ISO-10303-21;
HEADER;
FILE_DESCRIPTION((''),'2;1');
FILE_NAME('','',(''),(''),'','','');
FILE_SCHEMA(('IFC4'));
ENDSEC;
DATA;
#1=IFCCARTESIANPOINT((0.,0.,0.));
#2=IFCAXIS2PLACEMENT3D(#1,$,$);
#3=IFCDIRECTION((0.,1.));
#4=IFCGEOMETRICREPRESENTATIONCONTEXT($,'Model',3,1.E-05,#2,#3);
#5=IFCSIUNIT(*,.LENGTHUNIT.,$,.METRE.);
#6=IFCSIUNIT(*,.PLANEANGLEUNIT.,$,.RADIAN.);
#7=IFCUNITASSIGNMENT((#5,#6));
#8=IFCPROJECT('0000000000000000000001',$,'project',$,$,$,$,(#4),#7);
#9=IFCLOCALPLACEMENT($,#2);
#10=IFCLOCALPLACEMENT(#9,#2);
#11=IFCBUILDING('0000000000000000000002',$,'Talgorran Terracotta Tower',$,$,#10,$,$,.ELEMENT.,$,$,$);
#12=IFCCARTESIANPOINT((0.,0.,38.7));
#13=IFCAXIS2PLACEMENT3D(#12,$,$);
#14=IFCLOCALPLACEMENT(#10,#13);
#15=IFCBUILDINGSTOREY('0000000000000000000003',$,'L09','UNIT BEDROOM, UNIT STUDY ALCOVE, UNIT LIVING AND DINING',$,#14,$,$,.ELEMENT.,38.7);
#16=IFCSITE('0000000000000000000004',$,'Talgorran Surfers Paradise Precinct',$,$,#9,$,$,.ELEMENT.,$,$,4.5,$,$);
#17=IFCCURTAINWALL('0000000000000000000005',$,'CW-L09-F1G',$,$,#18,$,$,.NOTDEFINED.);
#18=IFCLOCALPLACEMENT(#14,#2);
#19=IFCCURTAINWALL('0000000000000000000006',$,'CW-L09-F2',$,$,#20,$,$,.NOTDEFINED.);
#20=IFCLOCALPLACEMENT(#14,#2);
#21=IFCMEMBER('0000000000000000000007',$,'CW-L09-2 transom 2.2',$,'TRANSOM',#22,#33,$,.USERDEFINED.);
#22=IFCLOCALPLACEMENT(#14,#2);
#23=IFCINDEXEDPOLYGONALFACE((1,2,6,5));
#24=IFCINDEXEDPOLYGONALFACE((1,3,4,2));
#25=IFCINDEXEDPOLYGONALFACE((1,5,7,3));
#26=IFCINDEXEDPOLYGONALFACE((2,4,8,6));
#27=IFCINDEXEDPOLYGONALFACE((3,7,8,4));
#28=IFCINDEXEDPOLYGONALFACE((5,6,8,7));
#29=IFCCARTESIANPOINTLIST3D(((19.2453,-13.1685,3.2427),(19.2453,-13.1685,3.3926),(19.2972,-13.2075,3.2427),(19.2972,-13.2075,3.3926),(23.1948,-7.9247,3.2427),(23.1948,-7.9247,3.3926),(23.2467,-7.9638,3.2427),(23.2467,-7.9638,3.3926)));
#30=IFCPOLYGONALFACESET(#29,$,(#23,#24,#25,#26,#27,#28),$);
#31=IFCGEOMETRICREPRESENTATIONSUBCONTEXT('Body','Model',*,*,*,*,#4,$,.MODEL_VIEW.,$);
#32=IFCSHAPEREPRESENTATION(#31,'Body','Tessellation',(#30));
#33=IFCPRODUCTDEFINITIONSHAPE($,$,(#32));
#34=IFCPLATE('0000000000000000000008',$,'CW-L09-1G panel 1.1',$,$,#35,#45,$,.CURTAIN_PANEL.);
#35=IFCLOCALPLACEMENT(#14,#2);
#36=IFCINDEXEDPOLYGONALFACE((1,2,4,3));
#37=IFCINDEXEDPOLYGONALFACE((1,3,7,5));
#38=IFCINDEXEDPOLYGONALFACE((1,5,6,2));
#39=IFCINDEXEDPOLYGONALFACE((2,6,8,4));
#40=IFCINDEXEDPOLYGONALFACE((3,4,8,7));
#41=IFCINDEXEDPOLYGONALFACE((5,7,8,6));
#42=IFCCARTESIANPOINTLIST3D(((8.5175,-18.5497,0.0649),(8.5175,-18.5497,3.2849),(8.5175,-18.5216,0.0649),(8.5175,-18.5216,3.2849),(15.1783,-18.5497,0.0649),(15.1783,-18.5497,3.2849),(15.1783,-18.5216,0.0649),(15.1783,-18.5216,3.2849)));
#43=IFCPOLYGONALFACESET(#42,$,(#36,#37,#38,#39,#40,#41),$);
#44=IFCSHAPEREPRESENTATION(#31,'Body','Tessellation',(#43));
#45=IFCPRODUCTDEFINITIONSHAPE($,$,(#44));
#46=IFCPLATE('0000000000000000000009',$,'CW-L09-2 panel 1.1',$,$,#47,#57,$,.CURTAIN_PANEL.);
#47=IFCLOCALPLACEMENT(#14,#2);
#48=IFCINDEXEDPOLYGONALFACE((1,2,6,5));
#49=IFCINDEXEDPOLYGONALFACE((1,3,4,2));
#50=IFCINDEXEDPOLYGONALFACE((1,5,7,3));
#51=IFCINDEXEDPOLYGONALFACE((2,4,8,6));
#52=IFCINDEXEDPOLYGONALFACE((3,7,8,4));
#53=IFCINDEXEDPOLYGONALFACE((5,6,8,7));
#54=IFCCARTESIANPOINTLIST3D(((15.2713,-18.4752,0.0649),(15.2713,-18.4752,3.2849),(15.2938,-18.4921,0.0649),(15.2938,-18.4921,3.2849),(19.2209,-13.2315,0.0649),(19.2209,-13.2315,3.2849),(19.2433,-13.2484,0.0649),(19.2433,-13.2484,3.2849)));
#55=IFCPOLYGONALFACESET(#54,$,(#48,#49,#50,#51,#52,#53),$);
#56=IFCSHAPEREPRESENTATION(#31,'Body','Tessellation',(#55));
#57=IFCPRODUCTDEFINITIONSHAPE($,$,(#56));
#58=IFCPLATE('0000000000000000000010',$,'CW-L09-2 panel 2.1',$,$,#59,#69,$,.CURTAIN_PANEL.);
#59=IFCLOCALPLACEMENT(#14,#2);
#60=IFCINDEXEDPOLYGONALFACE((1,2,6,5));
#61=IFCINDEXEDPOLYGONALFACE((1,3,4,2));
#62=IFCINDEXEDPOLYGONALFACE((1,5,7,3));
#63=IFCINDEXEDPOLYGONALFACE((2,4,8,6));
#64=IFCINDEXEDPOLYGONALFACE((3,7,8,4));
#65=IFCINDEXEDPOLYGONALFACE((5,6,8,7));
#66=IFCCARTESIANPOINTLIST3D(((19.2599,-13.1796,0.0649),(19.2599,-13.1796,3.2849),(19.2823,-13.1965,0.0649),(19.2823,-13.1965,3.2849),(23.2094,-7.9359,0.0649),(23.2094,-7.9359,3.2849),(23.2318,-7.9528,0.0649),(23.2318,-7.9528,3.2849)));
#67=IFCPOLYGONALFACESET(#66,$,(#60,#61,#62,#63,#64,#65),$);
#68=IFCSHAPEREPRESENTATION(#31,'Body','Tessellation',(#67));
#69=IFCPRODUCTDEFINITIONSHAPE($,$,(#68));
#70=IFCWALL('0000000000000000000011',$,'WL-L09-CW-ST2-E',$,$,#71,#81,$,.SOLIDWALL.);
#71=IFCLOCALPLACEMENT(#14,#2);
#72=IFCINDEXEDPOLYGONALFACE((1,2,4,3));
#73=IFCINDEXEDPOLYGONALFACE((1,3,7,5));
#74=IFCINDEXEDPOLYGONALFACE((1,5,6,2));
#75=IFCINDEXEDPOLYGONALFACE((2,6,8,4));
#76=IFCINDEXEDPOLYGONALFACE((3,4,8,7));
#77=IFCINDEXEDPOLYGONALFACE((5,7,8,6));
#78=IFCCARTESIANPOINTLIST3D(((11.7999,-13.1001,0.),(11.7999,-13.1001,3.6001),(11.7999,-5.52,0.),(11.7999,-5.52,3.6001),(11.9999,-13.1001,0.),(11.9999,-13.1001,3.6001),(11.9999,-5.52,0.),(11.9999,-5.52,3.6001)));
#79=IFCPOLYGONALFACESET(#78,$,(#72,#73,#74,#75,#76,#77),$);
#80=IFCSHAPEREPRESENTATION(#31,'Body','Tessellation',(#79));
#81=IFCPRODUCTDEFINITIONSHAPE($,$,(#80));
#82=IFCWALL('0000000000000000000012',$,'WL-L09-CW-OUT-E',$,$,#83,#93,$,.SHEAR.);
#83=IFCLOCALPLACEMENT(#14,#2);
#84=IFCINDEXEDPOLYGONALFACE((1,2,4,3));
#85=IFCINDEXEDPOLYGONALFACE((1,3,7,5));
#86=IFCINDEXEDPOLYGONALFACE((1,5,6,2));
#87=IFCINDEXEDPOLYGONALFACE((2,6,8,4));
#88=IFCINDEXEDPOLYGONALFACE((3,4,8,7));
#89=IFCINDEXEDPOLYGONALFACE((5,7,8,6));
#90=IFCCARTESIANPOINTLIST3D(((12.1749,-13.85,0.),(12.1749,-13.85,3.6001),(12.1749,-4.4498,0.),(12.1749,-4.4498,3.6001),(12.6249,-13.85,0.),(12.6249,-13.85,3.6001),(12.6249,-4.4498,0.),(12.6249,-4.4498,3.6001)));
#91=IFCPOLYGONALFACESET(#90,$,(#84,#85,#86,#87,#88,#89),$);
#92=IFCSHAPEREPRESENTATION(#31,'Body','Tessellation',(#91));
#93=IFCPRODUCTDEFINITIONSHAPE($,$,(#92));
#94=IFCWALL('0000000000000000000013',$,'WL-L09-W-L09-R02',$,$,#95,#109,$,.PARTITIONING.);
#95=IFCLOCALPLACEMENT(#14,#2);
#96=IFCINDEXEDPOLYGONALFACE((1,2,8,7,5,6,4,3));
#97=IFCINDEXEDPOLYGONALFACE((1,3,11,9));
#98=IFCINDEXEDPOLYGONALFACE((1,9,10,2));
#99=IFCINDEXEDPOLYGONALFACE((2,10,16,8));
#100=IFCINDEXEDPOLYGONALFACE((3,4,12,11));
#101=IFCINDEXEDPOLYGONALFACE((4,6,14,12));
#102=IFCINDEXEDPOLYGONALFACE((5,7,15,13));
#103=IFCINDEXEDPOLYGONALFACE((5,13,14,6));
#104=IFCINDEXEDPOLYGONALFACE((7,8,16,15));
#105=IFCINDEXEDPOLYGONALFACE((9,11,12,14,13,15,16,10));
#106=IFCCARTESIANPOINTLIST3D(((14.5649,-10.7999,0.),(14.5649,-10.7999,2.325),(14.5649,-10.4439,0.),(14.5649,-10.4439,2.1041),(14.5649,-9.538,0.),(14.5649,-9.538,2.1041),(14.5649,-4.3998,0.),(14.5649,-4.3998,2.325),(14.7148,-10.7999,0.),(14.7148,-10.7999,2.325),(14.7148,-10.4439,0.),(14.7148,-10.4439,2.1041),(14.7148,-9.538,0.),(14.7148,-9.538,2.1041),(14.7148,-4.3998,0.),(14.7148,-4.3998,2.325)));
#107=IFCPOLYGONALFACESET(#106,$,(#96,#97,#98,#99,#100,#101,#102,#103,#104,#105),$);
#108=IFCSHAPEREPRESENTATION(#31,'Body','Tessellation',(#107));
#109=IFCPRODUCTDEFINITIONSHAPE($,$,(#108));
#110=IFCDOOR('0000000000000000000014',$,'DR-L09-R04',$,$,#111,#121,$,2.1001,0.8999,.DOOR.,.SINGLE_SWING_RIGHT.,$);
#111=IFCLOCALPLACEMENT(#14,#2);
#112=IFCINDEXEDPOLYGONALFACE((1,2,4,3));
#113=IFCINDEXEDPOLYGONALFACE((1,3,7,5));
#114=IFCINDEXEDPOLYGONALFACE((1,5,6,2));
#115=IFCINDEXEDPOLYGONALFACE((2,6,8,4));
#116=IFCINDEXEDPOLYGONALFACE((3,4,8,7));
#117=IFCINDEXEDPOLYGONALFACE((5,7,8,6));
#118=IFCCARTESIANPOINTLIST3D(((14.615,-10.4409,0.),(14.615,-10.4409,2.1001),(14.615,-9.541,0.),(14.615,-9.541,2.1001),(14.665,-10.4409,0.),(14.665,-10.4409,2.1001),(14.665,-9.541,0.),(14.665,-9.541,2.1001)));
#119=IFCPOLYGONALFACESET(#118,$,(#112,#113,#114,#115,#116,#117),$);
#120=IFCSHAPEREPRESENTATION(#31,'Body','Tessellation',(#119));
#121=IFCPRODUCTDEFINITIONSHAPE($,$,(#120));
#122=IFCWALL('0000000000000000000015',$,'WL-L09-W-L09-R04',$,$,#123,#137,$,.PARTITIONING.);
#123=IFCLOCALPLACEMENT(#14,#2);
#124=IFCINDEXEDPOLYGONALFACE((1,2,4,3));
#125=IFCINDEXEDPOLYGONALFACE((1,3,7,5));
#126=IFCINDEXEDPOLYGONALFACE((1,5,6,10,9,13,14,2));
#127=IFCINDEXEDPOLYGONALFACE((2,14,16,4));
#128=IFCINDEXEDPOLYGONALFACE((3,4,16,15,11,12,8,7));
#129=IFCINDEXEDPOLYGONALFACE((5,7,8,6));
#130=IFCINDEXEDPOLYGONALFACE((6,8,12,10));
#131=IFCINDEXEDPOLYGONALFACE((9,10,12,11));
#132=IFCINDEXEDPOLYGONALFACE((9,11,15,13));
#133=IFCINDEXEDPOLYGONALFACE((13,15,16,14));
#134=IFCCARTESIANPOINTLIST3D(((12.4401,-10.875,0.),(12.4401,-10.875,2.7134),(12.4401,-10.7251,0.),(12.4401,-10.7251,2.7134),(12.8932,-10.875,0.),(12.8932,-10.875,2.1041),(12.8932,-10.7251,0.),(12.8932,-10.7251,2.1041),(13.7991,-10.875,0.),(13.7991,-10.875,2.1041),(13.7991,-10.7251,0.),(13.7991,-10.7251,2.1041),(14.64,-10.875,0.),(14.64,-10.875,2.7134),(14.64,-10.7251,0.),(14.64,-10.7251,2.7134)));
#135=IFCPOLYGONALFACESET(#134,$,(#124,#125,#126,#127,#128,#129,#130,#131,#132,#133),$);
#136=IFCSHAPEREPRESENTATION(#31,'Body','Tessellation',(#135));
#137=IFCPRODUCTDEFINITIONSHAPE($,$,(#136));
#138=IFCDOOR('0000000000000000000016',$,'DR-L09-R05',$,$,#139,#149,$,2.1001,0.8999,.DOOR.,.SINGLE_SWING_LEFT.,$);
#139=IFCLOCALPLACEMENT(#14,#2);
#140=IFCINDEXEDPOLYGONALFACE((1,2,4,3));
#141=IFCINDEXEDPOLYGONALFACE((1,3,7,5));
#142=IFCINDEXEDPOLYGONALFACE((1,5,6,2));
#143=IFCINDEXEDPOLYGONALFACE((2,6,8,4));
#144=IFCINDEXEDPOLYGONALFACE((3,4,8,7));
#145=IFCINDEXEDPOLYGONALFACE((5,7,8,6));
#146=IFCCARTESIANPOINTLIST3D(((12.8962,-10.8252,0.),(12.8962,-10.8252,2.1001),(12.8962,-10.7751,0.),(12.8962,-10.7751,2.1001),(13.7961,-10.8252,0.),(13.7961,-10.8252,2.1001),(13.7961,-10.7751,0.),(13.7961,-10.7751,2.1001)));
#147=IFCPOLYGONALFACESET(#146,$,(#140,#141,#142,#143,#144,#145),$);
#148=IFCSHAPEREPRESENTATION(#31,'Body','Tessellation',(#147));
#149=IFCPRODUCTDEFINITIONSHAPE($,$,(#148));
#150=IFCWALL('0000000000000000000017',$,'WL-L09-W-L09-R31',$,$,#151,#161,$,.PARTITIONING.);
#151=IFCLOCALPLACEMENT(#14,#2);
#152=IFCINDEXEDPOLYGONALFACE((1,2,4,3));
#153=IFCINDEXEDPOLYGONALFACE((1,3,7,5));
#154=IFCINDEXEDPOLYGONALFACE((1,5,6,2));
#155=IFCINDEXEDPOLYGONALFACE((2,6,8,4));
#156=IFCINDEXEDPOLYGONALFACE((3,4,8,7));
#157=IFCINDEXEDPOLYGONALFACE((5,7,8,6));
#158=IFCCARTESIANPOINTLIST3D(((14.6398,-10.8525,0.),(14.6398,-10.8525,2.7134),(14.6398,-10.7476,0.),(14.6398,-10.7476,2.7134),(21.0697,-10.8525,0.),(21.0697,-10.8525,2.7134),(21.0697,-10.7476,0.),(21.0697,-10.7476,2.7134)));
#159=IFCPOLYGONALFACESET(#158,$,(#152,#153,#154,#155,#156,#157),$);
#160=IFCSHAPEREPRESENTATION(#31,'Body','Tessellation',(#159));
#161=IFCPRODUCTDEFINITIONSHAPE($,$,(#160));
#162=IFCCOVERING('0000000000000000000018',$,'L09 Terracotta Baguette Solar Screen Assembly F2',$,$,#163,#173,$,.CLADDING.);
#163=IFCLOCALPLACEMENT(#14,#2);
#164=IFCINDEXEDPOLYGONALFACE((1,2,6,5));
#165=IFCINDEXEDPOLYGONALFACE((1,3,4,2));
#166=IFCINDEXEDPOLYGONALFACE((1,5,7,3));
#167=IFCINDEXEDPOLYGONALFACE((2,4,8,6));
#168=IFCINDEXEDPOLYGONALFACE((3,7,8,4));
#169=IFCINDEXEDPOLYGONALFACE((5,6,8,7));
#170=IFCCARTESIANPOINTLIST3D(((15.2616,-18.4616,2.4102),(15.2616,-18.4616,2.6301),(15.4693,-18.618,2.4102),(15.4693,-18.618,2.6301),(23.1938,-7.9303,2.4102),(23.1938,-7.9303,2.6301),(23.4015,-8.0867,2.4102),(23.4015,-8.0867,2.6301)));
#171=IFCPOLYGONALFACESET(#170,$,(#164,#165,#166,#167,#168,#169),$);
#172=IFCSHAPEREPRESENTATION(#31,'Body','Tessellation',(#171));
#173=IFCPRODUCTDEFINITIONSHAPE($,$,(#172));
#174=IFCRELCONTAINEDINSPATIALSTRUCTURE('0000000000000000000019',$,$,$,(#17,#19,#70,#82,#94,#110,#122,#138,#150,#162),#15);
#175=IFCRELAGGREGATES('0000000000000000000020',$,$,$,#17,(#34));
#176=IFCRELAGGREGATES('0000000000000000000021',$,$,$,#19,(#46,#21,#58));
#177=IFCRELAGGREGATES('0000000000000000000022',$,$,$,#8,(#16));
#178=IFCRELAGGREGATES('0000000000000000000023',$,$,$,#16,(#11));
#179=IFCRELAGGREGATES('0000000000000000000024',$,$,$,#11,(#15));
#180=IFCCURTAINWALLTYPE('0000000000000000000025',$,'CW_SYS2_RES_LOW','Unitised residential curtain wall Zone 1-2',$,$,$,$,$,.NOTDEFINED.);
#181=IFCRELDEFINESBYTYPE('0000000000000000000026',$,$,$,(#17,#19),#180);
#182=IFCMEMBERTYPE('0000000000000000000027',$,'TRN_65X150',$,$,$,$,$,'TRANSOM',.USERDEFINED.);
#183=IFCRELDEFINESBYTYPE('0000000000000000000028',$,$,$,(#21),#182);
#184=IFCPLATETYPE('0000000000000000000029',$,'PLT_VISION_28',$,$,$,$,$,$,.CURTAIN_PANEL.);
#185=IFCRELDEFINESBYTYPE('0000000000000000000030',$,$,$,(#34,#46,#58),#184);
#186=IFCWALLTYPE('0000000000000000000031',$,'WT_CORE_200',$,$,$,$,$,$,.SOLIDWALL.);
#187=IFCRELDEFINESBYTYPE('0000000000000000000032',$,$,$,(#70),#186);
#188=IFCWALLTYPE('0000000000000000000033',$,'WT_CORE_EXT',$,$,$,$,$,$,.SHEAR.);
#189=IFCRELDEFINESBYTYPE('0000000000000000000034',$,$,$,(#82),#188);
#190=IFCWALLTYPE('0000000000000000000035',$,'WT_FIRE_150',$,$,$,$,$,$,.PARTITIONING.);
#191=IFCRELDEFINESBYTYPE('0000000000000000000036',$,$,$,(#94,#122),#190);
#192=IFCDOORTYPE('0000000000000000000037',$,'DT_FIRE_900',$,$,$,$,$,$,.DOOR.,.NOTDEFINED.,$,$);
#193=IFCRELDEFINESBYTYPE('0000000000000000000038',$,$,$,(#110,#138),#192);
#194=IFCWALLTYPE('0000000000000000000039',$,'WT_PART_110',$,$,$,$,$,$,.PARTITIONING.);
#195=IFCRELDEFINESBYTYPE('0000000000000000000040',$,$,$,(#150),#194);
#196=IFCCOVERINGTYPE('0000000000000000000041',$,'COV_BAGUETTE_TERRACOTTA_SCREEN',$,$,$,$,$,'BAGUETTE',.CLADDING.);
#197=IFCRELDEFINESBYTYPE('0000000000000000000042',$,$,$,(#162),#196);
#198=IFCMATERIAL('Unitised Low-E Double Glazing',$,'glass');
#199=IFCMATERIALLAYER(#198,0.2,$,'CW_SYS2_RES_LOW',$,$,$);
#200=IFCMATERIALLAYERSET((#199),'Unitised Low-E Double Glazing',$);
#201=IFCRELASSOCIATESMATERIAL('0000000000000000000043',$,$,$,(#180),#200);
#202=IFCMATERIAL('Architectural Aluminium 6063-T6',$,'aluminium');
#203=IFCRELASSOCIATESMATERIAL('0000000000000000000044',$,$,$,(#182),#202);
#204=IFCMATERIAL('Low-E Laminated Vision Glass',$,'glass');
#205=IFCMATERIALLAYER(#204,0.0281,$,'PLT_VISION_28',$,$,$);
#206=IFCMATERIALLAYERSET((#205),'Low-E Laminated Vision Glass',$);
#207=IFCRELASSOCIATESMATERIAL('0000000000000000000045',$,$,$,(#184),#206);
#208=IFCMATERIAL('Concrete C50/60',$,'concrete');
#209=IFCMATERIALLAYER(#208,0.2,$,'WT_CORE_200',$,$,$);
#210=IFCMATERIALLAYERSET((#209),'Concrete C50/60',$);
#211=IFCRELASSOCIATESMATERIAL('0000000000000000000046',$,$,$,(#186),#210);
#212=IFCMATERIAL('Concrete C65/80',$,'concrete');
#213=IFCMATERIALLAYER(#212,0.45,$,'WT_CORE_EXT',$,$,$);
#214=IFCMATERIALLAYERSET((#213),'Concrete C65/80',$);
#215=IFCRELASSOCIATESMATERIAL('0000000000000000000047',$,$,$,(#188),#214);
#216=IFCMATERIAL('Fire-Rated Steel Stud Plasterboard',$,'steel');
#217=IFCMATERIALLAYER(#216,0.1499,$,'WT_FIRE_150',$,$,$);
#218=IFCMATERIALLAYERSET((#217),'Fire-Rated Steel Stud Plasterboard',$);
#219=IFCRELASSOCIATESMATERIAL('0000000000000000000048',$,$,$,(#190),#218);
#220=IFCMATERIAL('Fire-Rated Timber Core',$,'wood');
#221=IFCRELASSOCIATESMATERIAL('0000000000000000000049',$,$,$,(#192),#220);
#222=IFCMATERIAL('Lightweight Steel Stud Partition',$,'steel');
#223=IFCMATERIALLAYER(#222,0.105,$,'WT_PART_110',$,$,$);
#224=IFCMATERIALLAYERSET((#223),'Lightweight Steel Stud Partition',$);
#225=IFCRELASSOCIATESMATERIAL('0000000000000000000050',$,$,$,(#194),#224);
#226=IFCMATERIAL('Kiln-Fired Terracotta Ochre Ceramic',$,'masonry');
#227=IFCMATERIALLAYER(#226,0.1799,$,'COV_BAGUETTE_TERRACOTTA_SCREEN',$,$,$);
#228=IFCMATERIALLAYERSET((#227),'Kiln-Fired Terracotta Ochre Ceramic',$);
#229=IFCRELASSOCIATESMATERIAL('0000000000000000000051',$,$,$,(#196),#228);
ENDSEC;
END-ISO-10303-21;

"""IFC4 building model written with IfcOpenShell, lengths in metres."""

from ifc_helpers import new_model, si_unit, direction, frame, frame_2d, origin, origin_2d, place, context, subcontext, project, spatial, rectangle, extrude, source, transform, mapped, material, layer, layer_set, material_profile, profile_set, type_object, type_shapes, element, fill, aggregate, save


model = new_model("IFC4")

# Units and contexts
model_context = context("Model", 3, precision=1e-05, world=origin(), true_north=direction((0.0, 1.0)))
body_context = subcontext(model_context, "Body", "Model", "MODEL_VIEW")
ifc_project = project(units=[si_unit("LENGTHUNIT", "METRE"), si_unit("PLANEANGLEUNIT", "RADIAN")], contexts=[model_context])

# Site, building, storey
site_placement = place(None, origin())
site = spatial("IfcSite", under=ifc_project, at=site_placement, Name="Talgorran Surfers Paradise Precinct", CompositionType="ELEMENT", RefElevation=4.5)
building_placement = place(site_placement, origin())
building = spatial("IfcBuilding", under=site, at=building_placement, Name="Talgorran Terracotta Tower", CompositionType="ELEMENT")
storey_placement = place(building_placement, frame((0.0, 0.0, 38.7)))
storey = spatial("IfcBuildingStorey", under=building, at=storey_placement, Name="L09", Description="UNIT BEDROOM, UNIT STUDY ALCOVE, UNIT LIVING AND DINING", CompositionType="ELEMENT", Elevation=38.7)

# Curtain wall
ifc_material_1 = material(Name="Unitised Low-E Double Glazing", Category="glass")
ifc_layer_1 = layer(ifc_material_1, 0.2, Name="CW_SYS2_RES_LOW")
ifc_layer_set_1 = layer_set([ifc_layer_1], Name="Unitised Low-E Double Glazing")
curtain_wall_type = type_object("IfcCurtainWallType", Name="CW_SYS2_RES_LOW", Description="Unitised residential curtain wall Zone 1-2", PredefinedType="NOTDEFINED", material=ifc_layer_set_1)
curtain_wall_1_placement = place(storey_placement, origin())
curtain_wall_1 = element("IfcCurtainWall", 1, at=curtain_wall_1_placement, inside=storey, type_object=curtain_wall_type, Name="CW-L09-F1G", PredefinedType="NOTDEFINED")
ifc_material_2 = material(Name="Architectural Aluminium 6063-T6", Category="aluminium")

# Curtain wall, member
curtain_wall_2_placement = place(storey_placement, origin())
curtain_wall_2 = element("IfcCurtainWall", 2, at=curtain_wall_2_placement, inside=storey, type_object=curtain_wall_type, Name="CW-L09-F2", PredefinedType="NOTDEFINED")
ifc_material_profile_1 = material_profile(ifc_material_2, rectangle(XDim=0.0649, YDim=0.1499, at=origin_2d()), Name="CWT65X150")
ifc_profile_set_1 = profile_set([ifc_material_profile_1], Name="Architectural Aluminium 6063-T6")
member_type_1 = type_object("IfcMemberType", Name="TRN_65X150", ElementType="TRANSOM", PredefinedType="USERDEFINED", material=ifc_profile_set_1)
member_1_placement = place(storey_placement, frame((19.2712, -13.188, 3.3176), z_axis=(0.601629, 0.798776, 0.0), x_axis=(-0.798776, 0.601629, 0.0)))
member_1 = element("IfcMember", 3, at=member_1_placement, type_object=member_type_1, Name="CW-L09-2 transom 2.2", ObjectType="TRANSOM", PredefinedType="USERDEFINED", context=body_context, shape_type="SweptSolid", body=[
    extrude(rectangle(XDim=0.0649, YDim=0.1499, at=origin_2d()), origin(), (0.0, 0.0, 1.0), 6.5647),
])

# Plates
ifc_material_3 = material(Name="Low-E Laminated Vision Glass", Category="glass")
ifc_layer_2 = layer(ifc_material_3, 0.0281, Name="PLT_VISION_28")
ifc_layer_set_2 = layer_set([ifc_layer_2], Name="Low-E Laminated Vision Glass")
plate_type = type_object("IfcPlateType", Name="PLT_VISION_28", PredefinedType="CURTAIN_PANEL", material=ifc_layer_set_2)
shared_shape_1 = source(origin(), body_context, "Body", "SweptSolid", [
    extrude(rectangle(XDim=6.6609, YDim=0.0281, at=origin_2d()), origin(), (0.0, 0.0, 1.0), 3.22),
])
plate_1_placement = place(storey_placement, frame((11.8479, -18.5356, 0.0649), z_axis=(0.0, 0.0, 1.0), x_axis=(1.0, 0.0, 0.0)))
plate_1 = element("IfcPlate", 4, at=plate_1_placement, type_object=plate_type, Name="CW-L09-1G panel 1.1", PredefinedType="CURTAIN_PANEL", context=body_context, shape_type="MappedRepresentation", body=[
    mapped(shared_shape_1, transform((0.0, 0.0, 0.0), scale=1.0)),
])
aggregate(curtain_wall_1, [plate_1])
shared_shape_2 = source(origin(), body_context, "Body", "SweptSolid", [
    extrude(rectangle(XDim=6.5647, YDim=0.0281, at=origin_2d()), origin(), (0.0, 0.0, 1.0), 3.22),
])
type_shapes(plate_type, [shared_shape_1, shared_shape_2])
plate_2_placement = place(storey_placement, frame((17.2573, -15.8618, 0.0649), z_axis=(0.0, 0.0, 1.0), x_axis=(0.601632, 0.798774, 0.0)))
plate_2 = element("IfcPlate", 5, at=plate_2_placement, type_object=plate_type, Name="CW-L09-2 panel 1.1", PredefinedType="CURTAIN_PANEL", context=body_context, shape_type="MappedRepresentation", body=[
    mapped(shared_shape_2, transform((0.0, 0.0, 0.0), scale=1.0)),
])
plate_3_placement = place(storey_placement, frame((21.2458, -10.5662, 0.0649), z_axis=(0.0, 0.0, 1.0), x_axis=(0.601632, 0.798774, 0.0)))
plate_3 = element("IfcPlate", 6, at=plate_3_placement, type_object=plate_type, Name="CW-L09-2 panel 2.1", PredefinedType="CURTAIN_PANEL", context=body_context, shape_type="MappedRepresentation", body=[
    mapped(shared_shape_2, transform((0.0, 0.0, 0.0), scale=1.0)),
])
aggregate(curtain_wall_2, [plate_2, member_1, plate_3])

# Walls
ifc_material_4 = material(Name="Concrete C50/60", Category="concrete")
ifc_layer_3 = layer(ifc_material_4, 0.2, Name="WT_CORE_200")
ifc_layer_set_3 = layer_set([ifc_layer_3], Name="Concrete C50/60")
wall_type_1 = type_object("IfcWallType", Name="WT_CORE_200", PredefinedType="SOLIDWALL", material=ifc_layer_set_3)
wall_1_placement = place(storey_placement, frame((11.8999, -13.1001, 0.0), z_axis=(0.0, 0.0, 1.0), x_axis=(0.0, 1.0, 0.0)))
element("IfcWall", 7, at=wall_1_placement, inside=storey, type_object=wall_type_1, Name="WL-L09-CW-ST2-E", PredefinedType="SOLIDWALL", context=body_context, shape_type="SweptSolid", body=[
    extrude(rectangle(XDim=7.5801, YDim=0.2, at=frame_2d((3.79, 0.0))), origin(), (0.0, 0.0, 1.0), 3.6001),
])
ifc_material_5 = material(Name="Concrete C65/80", Category="concrete")
ifc_layer_4 = layer(ifc_material_5, 0.45, Name="WT_CORE_EXT")
ifc_layer_set_4 = layer_set([ifc_layer_4], Name="Concrete C65/80")
wall_type_2 = type_object("IfcWallType", Name="WT_CORE_EXT", PredefinedType="SHEAR", material=ifc_layer_set_4)
wall_2_placement = place(storey_placement, frame((12.3999, -13.8501, 0.0), z_axis=(0.0, 0.0, 1.0), x_axis=(0.0, 1.0, 0.0)))
element("IfcWall", 8, at=wall_2_placement, inside=storey, type_object=wall_type_2, Name="WL-L09-CW-OUT-E", PredefinedType="SHEAR", context=body_context, shape_type="SweptSolid", body=[
    extrude(rectangle(XDim=9.4001, YDim=0.45, at=frame_2d((4.7002, 0.0))), origin(), (0.0, 0.0, 1.0), 3.6001),
])

# Walls, openings, doors
ifc_material_6 = material(Name="Fire-Rated Steel Stud Plasterboard", Category="steel")
ifc_layer_5 = layer(ifc_material_6, 0.1499, Name="WT_FIRE_150")
ifc_layer_set_5 = layer_set([ifc_layer_5], Name="Fire-Rated Steel Stud Plasterboard")
wall_type_3 = type_object("IfcWallType", Name="WT_FIRE_150", PredefinedType="PARTITIONING", material=ifc_layer_set_5)
wall_3_placement = place(storey_placement, frame((14.6399, -10.8, 0.0), z_axis=(0.0, 0.0, 1.0), x_axis=(0.0, 1.0, 0.0)))
wall_3 = element("IfcWall", 9, at=wall_3_placement, inside=storey, type_object=wall_type_3, Name="WL-L09-W-L09-R02", PredefinedType="PARTITIONING", context=body_context, shape_type="SweptSolid", body=[
    extrude(rectangle(XDim=6.4001, YDim=0.1499, at=frame_2d((3.2002, 0.0))), origin(), (0.0, 0.0, 1.0), 2.325),
])
opening_1_placement = place(wall_3_placement, frame((0.3591, 0.0, 0.0)))
opening_1 = element("IfcOpeningElement", 10, at=opening_1_placement, cuts=wall_3, PredefinedType="OPENING", context=body_context, shape_type="SweptSolid", body=[
    extrude(rectangle(XDim=0.9059, YDim=2.1041, at=frame_2d((0.45, 1.052))), frame((0.0, 0.085, 0.0), z_axis=(0.0, -1.0, 0.0), x_axis=(1.0, 0.0, 0.0)), (0.0, 0.0, 1.0), 0.1699),
])
ifc_material_7 = material(Name="Fire-Rated Timber Core", Category="wood")
door_type = type_object("IfcDoorType", Name="DT_FIRE_900", OperationType="NOTDEFINED", PredefinedType="DOOR", material=ifc_material_7)
door_1_placement = place(opening_1_placement, origin())
door_1 = element("IfcDoor", 11, at=door_1_placement, inside=storey, type_object=door_type, Name="DR-L09-R04", OperationType="SINGLE_SWING_RIGHT", OverallHeight=2.1001, OverallWidth=0.8999, PredefinedType="DOOR", context=body_context, shape_type="SweptSolid", body=[
    extrude(rectangle(XDim=0.8999, YDim=2.1001, at=frame_2d((0.45, 1.05))), frame((0.0, 0.0249, 0.0), z_axis=(0.0, -1.0, 0.0), x_axis=(1.0, 0.0, 0.0)), (0.0, 0.0, 1.0), 0.05),
])
fill(opening_1, door_1)
wall_4_placement = place(storey_placement, frame((12.4399, -10.8, 0.0), z_axis=(0.0, 0.0, 1.0), x_axis=(1.0, 0.0, 0.0)))
wall_4 = element("IfcWall", 12, at=wall_4_placement, inside=storey, type_object=wall_type_3, Name="WL-L09-W-L09-R04", PredefinedType="PARTITIONING", context=body_context, shape_type="SweptSolid", body=[
    extrude(rectangle(XDim=2.2, YDim=0.1499, at=frame_2d((1.1001, 0.0))), origin(), (0.0, 0.0, 1.0), 2.7134),
])
opening_2_placement = place(wall_4_placement, frame((0.4563, 0.0, 0.0)))
opening_2 = element("IfcOpeningElement", 13, at=opening_2_placement, cuts=wall_4, PredefinedType="OPENING", context=body_context, shape_type="SweptSolid", body=[
    extrude(rectangle(XDim=0.9059, YDim=2.1041, at=frame_2d((0.45, 1.052))), frame((0.0, 0.085, 0.0), z_axis=(0.0, -1.0, 0.0), x_axis=(1.0, 0.0, 0.0)), (0.0, 0.0, 1.0), 0.1699),
])
door_2_placement = place(opening_2_placement, origin())
door_2 = element("IfcDoor", 14, at=door_2_placement, inside=storey, type_object=door_type, Name="DR-L09-R05", OperationType="SINGLE_SWING_LEFT", OverallHeight=2.1001, OverallWidth=0.8999, PredefinedType="DOOR", context=body_context, shape_type="SweptSolid", body=[
    extrude(rectangle(XDim=0.8999, YDim=2.1001, at=frame_2d((0.45, 1.05))), frame((0.0, 0.0249, 0.0), z_axis=(0.0, -1.0, 0.0), x_axis=(1.0, 0.0, 0.0)), (0.0, 0.0, 1.0), 0.05),
])
fill(opening_2, door_2)

# Wall
ifc_material_8 = material(Name="Lightweight Steel Stud Partition", Category="steel")
ifc_layer_6 = layer(ifc_material_8, 0.105, Name="WT_PART_110")
ifc_layer_set_6 = layer_set([ifc_layer_6], Name="Lightweight Steel Stud Partition")
wall_type_4 = type_object("IfcWallType", Name="WT_PART_110", PredefinedType="PARTITIONING", material=ifc_layer_set_6)
wall_5_placement = place(storey_placement, frame((14.6399, -10.8, 0.0), z_axis=(0.0, 0.0, 1.0), x_axis=(1.0, 0.0, 0.0)))
element("IfcWall", 15, at=wall_5_placement, inside=storey, type_object=wall_type_4, Name="WL-L09-W-L09-R31", PredefinedType="PARTITIONING", context=body_context, shape_type="SweptSolid", body=[
    extrude(rectangle(XDim=6.4299, YDim=0.105, at=frame_2d((3.2148, 0.0))), origin(), (0.0, 0.0, 1.0), 2.7134),
])

# Covering
ifc_material_9 = material(Name="Kiln-Fired Terracotta Ochre Ceramic", Category="masonry")
ifc_layer_7 = layer(ifc_material_9, 0.1799, Name="COV_BAGUETTE_TERRACOTTA_SCREEN")
ifc_layer_set_7 = layer_set([ifc_layer_7], Name="Kiln-Fired Terracotta Ochre Ceramic")
covering_type_1 = type_object("IfcCoveringType", Name="COV_BAGUETTE_TERRACOTTA_SCREEN", ElementType="BAGUETTE", PredefinedType="CLADDING", material=ifc_layer_set_7)
covering_1_placement = place(storey_placement, frame((19.3315, -13.2742, 2.4102), z_axis=(0.0, 0.0, 1.0), x_axis=(0.601634, 0.798772, 0.0)))
element("IfcCovering", 16, at=covering_1_placement, inside=storey, type_object=covering_type_1, Name="L09 Terracotta Baguette Solar Screen Assembly F2", PredefinedType="CLADDING", context=body_context, shape_type="SweptSolid", body=[
    extrude(rectangle(XDim=13.1843, YDim=0.26, at=origin_2d()), origin(), (0.0, 0.0, 1.0), 0.22),
])

save(model, "model.ifc")
